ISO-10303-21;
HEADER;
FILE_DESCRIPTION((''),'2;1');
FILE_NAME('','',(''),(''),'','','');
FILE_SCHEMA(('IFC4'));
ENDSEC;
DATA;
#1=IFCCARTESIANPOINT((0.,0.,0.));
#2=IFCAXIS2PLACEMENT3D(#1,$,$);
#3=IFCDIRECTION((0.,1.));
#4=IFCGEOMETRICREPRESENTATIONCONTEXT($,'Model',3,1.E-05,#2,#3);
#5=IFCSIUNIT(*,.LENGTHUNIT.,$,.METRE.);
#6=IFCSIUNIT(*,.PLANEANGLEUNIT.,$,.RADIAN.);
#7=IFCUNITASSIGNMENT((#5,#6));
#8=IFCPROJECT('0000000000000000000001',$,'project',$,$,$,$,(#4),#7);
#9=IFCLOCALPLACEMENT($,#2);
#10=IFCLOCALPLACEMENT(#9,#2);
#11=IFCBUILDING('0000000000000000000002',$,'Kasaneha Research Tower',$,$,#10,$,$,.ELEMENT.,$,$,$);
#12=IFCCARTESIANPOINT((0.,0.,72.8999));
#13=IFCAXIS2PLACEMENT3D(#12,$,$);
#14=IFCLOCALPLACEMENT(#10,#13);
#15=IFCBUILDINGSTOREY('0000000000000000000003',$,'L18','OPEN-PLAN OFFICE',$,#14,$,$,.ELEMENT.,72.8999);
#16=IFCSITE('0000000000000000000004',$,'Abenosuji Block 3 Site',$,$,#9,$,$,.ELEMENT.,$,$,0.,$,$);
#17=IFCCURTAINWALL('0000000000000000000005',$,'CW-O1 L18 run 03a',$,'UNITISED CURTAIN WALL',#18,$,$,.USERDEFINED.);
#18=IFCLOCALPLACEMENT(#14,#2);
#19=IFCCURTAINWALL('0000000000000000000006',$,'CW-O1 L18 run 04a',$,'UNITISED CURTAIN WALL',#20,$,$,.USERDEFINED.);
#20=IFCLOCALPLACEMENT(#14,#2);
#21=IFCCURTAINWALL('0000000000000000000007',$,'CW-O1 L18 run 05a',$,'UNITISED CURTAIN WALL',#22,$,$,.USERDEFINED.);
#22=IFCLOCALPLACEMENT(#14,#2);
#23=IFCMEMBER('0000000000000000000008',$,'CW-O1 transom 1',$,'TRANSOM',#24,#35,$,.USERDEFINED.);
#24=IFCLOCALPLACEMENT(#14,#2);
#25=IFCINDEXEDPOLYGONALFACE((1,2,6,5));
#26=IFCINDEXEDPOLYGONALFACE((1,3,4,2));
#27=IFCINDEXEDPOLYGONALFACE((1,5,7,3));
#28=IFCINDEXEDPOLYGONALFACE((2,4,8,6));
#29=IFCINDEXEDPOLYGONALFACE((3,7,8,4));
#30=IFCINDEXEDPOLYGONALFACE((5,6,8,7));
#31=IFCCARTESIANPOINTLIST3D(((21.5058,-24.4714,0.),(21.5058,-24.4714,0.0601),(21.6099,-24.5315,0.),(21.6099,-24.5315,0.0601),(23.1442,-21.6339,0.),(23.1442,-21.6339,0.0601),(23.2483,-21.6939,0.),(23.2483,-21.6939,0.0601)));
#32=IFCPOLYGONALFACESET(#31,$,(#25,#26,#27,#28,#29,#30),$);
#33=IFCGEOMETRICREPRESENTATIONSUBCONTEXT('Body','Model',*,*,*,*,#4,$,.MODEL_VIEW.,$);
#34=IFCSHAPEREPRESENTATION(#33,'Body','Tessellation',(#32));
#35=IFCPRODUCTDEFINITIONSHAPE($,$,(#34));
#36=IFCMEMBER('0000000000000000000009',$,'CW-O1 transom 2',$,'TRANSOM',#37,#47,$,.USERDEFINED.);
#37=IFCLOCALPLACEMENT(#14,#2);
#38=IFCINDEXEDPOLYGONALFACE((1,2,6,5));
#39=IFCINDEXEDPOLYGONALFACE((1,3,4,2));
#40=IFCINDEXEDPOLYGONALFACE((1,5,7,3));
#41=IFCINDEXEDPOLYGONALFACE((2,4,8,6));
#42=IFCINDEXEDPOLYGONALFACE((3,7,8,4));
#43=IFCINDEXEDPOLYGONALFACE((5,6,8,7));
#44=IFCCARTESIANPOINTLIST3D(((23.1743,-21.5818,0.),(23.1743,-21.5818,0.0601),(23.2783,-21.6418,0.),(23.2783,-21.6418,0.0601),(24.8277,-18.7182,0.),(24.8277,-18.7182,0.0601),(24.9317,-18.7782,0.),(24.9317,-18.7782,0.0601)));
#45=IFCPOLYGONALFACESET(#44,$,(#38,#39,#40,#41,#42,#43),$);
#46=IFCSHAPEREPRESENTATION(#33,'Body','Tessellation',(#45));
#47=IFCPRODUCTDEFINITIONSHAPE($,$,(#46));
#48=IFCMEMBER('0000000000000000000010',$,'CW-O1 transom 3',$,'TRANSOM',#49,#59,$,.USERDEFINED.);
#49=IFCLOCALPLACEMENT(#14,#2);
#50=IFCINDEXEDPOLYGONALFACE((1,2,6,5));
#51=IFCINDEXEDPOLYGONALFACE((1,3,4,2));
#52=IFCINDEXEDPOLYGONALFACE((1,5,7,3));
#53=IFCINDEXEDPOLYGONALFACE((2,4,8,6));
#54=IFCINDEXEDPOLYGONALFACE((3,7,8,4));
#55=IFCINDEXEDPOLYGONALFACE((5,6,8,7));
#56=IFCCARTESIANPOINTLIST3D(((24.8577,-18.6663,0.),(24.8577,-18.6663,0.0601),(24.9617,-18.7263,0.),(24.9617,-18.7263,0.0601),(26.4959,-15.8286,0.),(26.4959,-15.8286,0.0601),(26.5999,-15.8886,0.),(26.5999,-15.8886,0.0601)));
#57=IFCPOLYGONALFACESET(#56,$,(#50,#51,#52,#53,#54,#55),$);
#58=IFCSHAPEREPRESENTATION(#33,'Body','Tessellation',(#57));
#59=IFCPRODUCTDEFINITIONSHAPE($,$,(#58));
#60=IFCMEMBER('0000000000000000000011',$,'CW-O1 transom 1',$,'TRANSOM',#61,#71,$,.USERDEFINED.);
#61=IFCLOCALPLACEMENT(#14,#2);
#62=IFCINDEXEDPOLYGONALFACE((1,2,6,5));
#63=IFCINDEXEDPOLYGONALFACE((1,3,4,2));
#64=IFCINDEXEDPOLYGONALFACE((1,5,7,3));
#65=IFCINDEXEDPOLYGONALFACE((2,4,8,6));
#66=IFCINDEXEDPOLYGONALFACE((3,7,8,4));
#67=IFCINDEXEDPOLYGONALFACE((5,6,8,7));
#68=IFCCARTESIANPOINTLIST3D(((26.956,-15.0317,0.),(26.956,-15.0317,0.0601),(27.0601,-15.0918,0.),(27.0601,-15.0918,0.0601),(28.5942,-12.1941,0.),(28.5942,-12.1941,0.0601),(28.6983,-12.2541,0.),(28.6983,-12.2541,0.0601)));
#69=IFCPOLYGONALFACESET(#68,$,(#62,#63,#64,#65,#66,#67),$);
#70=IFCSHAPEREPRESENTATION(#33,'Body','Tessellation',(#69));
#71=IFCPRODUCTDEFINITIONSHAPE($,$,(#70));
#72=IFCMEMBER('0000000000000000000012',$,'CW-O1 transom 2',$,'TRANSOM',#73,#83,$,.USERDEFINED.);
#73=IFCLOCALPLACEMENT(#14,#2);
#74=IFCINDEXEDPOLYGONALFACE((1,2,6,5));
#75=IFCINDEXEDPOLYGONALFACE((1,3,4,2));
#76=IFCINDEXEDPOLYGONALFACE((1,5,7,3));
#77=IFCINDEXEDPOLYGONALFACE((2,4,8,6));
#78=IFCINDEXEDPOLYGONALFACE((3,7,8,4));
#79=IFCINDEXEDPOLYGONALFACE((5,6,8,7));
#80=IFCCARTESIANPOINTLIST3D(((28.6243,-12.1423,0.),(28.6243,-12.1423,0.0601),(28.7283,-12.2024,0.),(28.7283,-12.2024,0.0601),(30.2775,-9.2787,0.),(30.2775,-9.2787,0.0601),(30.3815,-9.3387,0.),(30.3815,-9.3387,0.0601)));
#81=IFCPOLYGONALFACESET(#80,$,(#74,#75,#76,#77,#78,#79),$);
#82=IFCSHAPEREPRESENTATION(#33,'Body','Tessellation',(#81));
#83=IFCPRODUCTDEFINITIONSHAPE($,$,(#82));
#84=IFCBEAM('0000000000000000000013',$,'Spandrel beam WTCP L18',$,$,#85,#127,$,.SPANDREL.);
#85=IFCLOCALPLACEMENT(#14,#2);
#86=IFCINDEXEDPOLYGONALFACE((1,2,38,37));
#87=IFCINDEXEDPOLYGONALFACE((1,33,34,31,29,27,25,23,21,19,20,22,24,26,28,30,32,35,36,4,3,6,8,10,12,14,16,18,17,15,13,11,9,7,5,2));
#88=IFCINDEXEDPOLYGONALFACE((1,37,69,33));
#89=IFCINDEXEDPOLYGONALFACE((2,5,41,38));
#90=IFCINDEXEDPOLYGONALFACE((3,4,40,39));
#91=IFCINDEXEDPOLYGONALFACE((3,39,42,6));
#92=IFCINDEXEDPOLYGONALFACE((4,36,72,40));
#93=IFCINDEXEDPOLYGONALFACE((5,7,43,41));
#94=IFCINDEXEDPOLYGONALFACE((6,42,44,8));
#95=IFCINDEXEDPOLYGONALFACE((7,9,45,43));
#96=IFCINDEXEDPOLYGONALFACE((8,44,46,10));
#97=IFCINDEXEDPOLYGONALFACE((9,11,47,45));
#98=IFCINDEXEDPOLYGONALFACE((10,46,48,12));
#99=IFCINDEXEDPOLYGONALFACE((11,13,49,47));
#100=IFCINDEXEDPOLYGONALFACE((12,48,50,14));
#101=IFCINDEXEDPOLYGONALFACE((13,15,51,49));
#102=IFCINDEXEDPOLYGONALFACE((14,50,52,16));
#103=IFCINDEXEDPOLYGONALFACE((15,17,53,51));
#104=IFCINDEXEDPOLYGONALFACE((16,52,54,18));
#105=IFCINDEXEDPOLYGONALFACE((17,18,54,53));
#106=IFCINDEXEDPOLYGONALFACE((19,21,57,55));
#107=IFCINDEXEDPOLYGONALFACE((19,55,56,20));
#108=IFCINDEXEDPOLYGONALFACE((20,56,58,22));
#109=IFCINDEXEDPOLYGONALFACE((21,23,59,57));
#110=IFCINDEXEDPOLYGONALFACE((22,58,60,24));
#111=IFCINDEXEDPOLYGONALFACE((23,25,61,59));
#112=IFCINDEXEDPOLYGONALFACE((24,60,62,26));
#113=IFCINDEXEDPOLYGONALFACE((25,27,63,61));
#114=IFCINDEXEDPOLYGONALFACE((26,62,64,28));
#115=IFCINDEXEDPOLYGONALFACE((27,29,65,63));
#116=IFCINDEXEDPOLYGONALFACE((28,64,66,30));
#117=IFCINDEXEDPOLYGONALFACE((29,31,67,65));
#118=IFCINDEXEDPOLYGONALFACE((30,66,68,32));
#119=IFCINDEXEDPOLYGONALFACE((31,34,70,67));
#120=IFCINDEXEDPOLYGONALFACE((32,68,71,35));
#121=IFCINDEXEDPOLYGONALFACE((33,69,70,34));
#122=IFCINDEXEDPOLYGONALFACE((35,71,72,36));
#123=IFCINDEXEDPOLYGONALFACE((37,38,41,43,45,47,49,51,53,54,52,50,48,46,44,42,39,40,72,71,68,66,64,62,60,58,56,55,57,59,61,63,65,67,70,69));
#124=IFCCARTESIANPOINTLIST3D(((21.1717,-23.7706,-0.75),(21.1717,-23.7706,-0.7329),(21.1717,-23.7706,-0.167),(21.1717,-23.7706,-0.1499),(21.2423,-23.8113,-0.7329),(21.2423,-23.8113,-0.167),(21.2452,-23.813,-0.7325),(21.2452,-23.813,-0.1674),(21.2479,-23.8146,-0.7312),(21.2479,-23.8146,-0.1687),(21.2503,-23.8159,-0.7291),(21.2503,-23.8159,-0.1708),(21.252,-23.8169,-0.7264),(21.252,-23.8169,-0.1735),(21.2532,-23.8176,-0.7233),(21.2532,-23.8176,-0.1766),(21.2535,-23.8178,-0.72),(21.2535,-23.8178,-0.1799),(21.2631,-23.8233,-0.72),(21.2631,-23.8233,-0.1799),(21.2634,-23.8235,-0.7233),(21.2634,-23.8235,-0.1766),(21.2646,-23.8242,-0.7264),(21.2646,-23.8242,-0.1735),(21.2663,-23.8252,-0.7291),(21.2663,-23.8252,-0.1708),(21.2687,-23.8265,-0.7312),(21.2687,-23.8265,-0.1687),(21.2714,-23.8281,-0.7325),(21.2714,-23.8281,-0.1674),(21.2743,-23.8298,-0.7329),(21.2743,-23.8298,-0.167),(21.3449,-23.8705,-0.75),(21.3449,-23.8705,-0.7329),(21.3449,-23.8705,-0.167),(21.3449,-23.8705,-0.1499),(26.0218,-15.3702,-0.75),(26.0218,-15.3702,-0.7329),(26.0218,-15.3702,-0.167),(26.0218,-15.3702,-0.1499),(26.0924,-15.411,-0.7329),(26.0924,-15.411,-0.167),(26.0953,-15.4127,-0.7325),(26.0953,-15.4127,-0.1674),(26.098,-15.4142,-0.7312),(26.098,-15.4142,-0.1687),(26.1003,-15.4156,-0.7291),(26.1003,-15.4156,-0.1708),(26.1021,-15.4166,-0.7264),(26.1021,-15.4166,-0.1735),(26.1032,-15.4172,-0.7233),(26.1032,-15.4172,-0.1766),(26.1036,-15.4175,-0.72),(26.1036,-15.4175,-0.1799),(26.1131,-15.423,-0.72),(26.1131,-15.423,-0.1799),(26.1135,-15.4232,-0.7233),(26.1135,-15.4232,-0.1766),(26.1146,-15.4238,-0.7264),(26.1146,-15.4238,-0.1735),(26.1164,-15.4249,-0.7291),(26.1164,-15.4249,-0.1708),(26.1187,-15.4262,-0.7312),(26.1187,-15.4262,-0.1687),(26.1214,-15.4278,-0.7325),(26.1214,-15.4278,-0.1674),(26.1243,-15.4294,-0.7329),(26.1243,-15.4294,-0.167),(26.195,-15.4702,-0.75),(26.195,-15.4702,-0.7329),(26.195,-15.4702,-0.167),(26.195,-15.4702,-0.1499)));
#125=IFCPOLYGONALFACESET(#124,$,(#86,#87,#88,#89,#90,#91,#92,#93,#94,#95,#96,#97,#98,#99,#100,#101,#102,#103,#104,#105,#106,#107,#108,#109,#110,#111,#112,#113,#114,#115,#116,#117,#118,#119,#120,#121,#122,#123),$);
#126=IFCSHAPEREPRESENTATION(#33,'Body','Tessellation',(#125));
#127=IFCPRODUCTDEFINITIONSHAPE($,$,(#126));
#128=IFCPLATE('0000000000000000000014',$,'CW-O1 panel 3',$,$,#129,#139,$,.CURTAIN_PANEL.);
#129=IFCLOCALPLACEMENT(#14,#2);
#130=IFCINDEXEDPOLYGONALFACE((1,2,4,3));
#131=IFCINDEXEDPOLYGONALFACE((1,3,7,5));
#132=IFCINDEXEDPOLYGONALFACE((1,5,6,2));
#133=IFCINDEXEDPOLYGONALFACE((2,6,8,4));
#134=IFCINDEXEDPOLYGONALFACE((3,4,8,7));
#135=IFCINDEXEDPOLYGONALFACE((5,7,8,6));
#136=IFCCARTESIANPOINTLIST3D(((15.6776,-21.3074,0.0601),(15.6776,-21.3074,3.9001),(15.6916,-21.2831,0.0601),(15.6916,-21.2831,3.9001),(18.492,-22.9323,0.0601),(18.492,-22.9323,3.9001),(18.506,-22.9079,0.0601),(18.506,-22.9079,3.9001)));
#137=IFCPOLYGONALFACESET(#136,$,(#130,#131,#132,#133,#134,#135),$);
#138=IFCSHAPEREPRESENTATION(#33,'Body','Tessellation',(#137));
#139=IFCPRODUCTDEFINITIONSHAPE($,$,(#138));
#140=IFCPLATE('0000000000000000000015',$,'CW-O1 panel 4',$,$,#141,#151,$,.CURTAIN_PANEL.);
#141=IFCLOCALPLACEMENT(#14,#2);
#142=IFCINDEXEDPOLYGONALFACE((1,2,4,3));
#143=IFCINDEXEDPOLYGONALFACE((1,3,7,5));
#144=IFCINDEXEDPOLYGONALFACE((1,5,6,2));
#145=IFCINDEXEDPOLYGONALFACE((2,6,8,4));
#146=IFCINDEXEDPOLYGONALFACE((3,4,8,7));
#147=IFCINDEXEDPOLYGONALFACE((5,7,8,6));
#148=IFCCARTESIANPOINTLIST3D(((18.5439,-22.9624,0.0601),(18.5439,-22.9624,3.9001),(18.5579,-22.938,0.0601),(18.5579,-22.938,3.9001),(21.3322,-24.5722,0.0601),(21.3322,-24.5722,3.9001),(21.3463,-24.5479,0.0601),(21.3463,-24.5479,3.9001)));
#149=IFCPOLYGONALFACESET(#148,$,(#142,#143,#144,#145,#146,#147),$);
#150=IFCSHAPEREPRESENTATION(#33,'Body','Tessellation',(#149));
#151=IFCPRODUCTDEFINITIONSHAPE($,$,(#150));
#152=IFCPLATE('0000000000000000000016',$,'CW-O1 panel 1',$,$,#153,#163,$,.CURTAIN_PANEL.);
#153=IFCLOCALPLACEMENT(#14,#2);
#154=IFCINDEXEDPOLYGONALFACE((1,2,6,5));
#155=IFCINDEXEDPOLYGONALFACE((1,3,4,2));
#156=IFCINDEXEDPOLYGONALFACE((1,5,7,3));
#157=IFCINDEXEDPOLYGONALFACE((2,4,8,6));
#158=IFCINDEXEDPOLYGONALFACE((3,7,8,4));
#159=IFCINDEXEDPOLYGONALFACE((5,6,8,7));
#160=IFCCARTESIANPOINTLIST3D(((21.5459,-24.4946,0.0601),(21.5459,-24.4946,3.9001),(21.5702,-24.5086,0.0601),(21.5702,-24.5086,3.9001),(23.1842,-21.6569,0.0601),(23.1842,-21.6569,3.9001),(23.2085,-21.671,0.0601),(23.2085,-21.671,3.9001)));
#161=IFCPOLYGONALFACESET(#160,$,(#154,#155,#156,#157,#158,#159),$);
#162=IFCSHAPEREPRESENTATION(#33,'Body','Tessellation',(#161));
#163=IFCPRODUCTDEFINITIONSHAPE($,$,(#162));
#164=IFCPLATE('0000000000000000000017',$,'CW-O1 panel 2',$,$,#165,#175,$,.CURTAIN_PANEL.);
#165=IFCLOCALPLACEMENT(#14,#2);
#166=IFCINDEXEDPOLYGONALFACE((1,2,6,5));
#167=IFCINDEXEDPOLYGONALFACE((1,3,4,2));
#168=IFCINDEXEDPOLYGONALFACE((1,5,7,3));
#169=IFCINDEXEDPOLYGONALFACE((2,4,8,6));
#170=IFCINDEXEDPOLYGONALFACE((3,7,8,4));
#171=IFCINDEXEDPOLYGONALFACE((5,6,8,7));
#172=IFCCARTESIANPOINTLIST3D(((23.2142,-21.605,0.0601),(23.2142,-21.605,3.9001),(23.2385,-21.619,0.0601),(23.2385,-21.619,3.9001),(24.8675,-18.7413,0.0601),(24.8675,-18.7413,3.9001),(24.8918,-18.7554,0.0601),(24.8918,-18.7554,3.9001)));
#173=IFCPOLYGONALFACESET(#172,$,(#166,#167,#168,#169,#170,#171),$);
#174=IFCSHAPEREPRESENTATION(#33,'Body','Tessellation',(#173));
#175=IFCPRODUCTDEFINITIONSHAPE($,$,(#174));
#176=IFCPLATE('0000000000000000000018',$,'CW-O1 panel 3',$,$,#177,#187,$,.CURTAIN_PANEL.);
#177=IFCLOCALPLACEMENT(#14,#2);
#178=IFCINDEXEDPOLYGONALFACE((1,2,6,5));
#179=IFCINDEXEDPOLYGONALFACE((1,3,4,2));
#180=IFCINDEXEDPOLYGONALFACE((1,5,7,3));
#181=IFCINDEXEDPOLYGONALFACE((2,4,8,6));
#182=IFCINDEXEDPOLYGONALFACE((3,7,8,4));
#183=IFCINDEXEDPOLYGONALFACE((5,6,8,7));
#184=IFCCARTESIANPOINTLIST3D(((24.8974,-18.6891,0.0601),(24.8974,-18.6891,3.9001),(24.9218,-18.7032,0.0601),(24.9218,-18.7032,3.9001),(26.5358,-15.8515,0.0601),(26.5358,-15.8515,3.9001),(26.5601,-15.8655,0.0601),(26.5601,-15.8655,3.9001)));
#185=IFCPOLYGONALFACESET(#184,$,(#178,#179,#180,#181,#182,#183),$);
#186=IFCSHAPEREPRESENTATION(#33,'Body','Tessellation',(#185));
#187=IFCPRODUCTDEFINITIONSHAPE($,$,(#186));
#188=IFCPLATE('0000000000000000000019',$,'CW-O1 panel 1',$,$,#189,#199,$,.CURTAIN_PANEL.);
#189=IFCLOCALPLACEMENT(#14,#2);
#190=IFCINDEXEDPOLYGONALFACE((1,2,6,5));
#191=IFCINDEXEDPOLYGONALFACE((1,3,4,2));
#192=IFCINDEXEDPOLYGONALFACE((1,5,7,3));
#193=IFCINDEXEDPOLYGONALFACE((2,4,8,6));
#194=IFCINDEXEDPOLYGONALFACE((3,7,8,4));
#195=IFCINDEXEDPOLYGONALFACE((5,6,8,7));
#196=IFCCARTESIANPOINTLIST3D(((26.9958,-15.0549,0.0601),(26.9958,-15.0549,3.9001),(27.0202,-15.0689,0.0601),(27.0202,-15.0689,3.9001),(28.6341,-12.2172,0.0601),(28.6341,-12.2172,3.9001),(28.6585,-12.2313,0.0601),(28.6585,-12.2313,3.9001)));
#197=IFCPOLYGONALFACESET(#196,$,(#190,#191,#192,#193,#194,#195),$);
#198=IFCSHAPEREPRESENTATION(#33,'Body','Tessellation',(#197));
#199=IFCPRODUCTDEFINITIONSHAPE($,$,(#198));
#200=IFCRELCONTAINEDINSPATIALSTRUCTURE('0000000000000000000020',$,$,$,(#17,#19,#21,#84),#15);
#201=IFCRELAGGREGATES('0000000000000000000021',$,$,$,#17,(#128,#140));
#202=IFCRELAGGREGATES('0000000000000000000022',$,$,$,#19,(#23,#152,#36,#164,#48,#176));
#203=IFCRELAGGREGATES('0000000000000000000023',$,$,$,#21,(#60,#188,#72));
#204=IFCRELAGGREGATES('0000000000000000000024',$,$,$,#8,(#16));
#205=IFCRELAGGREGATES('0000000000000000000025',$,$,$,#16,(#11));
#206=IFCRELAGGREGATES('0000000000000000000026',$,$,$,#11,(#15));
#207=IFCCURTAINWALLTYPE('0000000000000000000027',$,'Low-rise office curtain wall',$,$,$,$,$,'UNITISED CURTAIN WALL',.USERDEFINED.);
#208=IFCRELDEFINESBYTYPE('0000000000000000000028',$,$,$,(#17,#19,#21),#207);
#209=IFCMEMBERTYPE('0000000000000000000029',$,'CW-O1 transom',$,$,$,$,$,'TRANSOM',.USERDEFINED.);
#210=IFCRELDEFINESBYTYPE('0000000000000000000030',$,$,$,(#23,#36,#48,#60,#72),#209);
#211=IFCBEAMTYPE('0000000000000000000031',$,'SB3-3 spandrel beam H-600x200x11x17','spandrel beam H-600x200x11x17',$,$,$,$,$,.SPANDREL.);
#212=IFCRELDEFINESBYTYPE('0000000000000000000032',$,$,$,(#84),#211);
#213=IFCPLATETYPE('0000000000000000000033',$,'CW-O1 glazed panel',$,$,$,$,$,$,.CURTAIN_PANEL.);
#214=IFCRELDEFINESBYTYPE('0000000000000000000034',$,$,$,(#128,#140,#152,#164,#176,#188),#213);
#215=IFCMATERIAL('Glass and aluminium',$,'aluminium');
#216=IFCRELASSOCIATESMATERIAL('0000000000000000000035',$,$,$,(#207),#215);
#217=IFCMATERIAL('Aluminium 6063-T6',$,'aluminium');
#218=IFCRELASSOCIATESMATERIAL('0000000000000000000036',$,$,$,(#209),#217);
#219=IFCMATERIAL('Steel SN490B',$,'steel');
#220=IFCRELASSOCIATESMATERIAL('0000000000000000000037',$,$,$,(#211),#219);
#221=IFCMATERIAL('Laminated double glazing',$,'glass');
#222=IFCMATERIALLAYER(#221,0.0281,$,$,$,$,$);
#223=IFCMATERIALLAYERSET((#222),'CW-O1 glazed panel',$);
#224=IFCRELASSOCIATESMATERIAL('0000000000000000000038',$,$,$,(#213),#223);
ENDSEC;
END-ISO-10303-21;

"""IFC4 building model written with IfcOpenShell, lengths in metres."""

from ifc_helpers import new_model, si_unit, direction, frame, origin, origin_2d, place, context, subcontext, project, spatial, rectangle, i_section, extrude, material, layer, layer_set, material_profile, profile_set, type_object, element, aggregate, save


model = new_model("IFC4")

# Units and contexts
model_context = context("Model", 3, precision=1e-05, world=origin(), true_north=direction((0.0, 1.0)))
body_context = subcontext(model_context, "Body", "Model", "MODEL_VIEW")
ifc_project = project(units=[si_unit("LENGTHUNIT", "METRE"), si_unit("PLANEANGLEUNIT", "RADIAN")], contexts=[model_context])

# Site, building, storey
site_placement = place(None, origin())
site = spatial("IfcSite", under=ifc_project, at=site_placement, Name="Abenosuji Block 3 Site", CompositionType="ELEMENT", RefElevation=0.0)
building_placement = place(site_placement, origin())
building = spatial("IfcBuilding", under=site, at=building_placement, Name="Kasaneha Research Tower", CompositionType="ELEMENT")
storey_placement = place(building_placement, frame((0.0, 0.0, 72.8999)))
storey = spatial("IfcBuildingStorey", under=building, at=storey_placement, Name="L18", Description="OPEN-PLAN OFFICE", CompositionType="ELEMENT", Elevation=72.8999)

# Curtain walls
ifc_material_1 = material(Name="Glass and aluminium", Category="aluminium")
curtain_wall_type = type_object("IfcCurtainWallType", Name="Low-rise office curtain wall", ElementType="UNITISED CURTAIN WALL", PredefinedType="USERDEFINED", material=ifc_material_1)
curtain_wall_1_placement = place(storey_placement, origin())
curtain_wall_1 = element("IfcCurtainWall", 1, at=curtain_wall_1_placement, inside=storey, type_object=curtain_wall_type, Name="CW-O1 L18 run 03a", ObjectType="UNITISED CURTAIN WALL", PredefinedType="USERDEFINED")
curtain_wall_2_placement = place(storey_placement, origin())
curtain_wall_2 = element("IfcCurtainWall", 2, at=curtain_wall_2_placement, inside=storey, type_object=curtain_wall_type, Name="CW-O1 L18 run 04a", ObjectType="UNITISED CURTAIN WALL", PredefinedType="USERDEFINED")
curtain_wall_3_placement = place(storey_placement, origin())
curtain_wall_3 = element("IfcCurtainWall", 3, at=curtain_wall_3_placement, inside=storey, type_object=curtain_wall_type, Name="CW-O1 L18 run 05a", ObjectType="UNITISED CURTAIN WALL", PredefinedType="USERDEFINED")

# Members
ifc_material_2 = material(Name="Aluminium 6063-T6", Category="aluminium")
ifc_material_profile_1 = material_profile(ifc_material_2, rectangle(XDim=0.1201, YDim=0.0601, at=origin_2d()), Name="CW-O1 transom 120x60")
ifc_profile_set_1 = profile_set([ifc_material_profile_1], Name="Aluminium 6063-T6")
member_type_1 = type_object("IfcMemberType", Name="CW-O1 transom", ElementType="TRANSOM", PredefinedType="USERDEFINED", material=ifc_profile_set_1)
member_1_placement = place(storey_placement, frame((21.5579, -24.5015, 0.03), z_axis=(0.500026, 0.866011, 0.0), x_axis=(-0.866011, 0.500026, 0.0)))
member_1 = element("IfcMember", 4, at=member_1_placement, type_object=member_type_1, Name="CW-O1 transom 1", ObjectType="TRANSOM", PredefinedType="USERDEFINED", context=body_context, shape_type="SweptSolid", body=[
    extrude(rectangle(XDim=0.1201, YDim=0.0601, at=origin_2d()), origin(), (0.0, 0.0, 1.0), 3.2766),
])
member_2_placement = place(storey_placement, frame((23.2263, -21.6118, 0.03), z_axis=(0.500014, 0.866017, 0.0), x_axis=(-0.866017, 0.500014, 0.0)))
member_2 = element("IfcMember", 5, at=member_2_placement, type_object=member_type_1, Name="CW-O1 transom 2", ObjectType="TRANSOM", PredefinedType="USERDEFINED", context=body_context, shape_type="SweptSolid", body=[
    extrude(rectangle(XDim=0.1201, YDim=0.0601, at=origin_2d()), origin(), (0.0, 0.0, 1.0), 3.3066),
])
member_3_placement = place(storey_placement, frame((24.9097, -18.6963, 0.03), z_axis=(0.49997, 0.866043, 0.0), x_axis=(-0.866043, 0.49997, 0.0)))
member_3 = element("IfcMember", 6, at=member_3_placement, type_object=member_type_1, Name="CW-O1 transom 3", ObjectType="TRANSOM", PredefinedType="USERDEFINED", context=body_context, shape_type="SweptSolid", body=[
    extrude(rectangle(XDim=0.1201, YDim=0.0601, at=origin_2d()), origin(), (0.0, 0.0, 1.0), 3.2766),
])
member_4_placement = place(storey_placement, frame((27.0081, -15.0618, 0.03), z_axis=(0.49997, 0.866043, 0.0), x_axis=(-0.866043, 0.49997, 0.0)))
member_4 = element("IfcMember", 7, at=member_4_placement, type_object=member_type_1, Name="CW-O1 transom 1", ObjectType="TRANSOM", PredefinedType="USERDEFINED", context=body_context, shape_type="SweptSolid", body=[
    extrude(rectangle(XDim=0.1201, YDim=0.0601, at=origin_2d()), origin(), (0.0, 0.0, 1.0), 3.2766),
])
member_5_placement = place(storey_placement, frame((28.6763, -12.1724, 0.03), z_axis=(0.499982, 0.866036, 0.0), x_axis=(-0.866036, 0.499982, 0.0)))
member_5 = element("IfcMember", 8, at=member_5_placement, type_object=member_type_1, Name="CW-O1 transom 2", ObjectType="TRANSOM", PredefinedType="USERDEFINED", context=body_context, shape_type="SweptSolid", body=[
    extrude(rectangle(XDim=0.1201, YDim=0.0601, at=origin_2d()), origin(), (0.0, 0.0, 1.0), 3.3066),
])

# Beam
ifc_material_3 = material(Name="Steel SN490B", Category="steel")
ifc_material_profile_2 = material_profile(ifc_material_3, i_section(OverallWidth=0.2, OverallDepth=0.6001, WebThickness=0.011, FlangeThickness=0.0171, FilletRadius=0.0129, at=origin_2d()), Name="H-600x200x11x17")
ifc_profile_set_2 = profile_set([ifc_material_profile_2], Name="Steel SN490B")
beam_type_1 = type_object("IfcBeamType", Name="SB3-3 spandrel beam H-600x200x11x17", Description="spandrel beam H-600x200x11x17", PredefinedType="SPANDREL", material=ifc_profile_set_2)
beam_1_placement = place(storey_placement, frame((21.2583, -23.8206, -0.45), z_axis=(0.50001, 0.86602, 0.0), x_axis=(-0.86602, 0.50001, 0.0)))
element("IfcBeam", 9, at=beam_1_placement, inside=storey, type_object=beam_type_1, Name="Spandrel beam WTCP L18", PredefinedType="SPANDREL", context=body_context, shape_type="SweptSolid", body=[
    extrude(i_section(OverallWidth=0.2, OverallDepth=0.6001, WebThickness=0.011, FlangeThickness=0.0171, FilletRadius=0.0129, at=origin_2d()), origin(), (0.0, 0.0, 1.0), 9.7),
])

# Plates
ifc_material_4 = material(Name="Laminated double glazing", Category="glass")
ifc_layer_1 = layer(ifc_material_4, 0.0281)
ifc_layer_set_1 = layer_set([ifc_layer_1], Name="CW-O1 glazed panel")
plate_type = type_object("IfcPlateType", Name="CW-O1 glazed panel", PredefinedType="CURTAIN_PANEL", material=ifc_layer_set_1)
plate_1_placement = place(storey_placement, frame((17.0918, -22.1077, 0.0601), z_axis=(0.0, 0.0, 1.0), x_axis=(0.866025, -0.5, 0.0)))
plate_1 = element("IfcPlate", 10, at=plate_1_placement, type_object=plate_type, Name="CW-O1 panel 3", PredefinedType="CURTAIN_PANEL", context=body_context, shape_type="SweptSolid", body=[
    extrude(rectangle(XDim=3.2498, YDim=0.0281, at=origin_2d()), origin(), (0.0, 0.0, 1.0), 3.8401),
])
plate_2_placement = place(storey_placement, frame((19.9451, -23.7551, 0.0601), z_axis=(0.0, 0.0, 1.0), x_axis=(0.866025, -0.5, 0.0)))
plate_2 = element("IfcPlate", 11, at=plate_2_placement, type_object=plate_type, Name="CW-O1 panel 4", PredefinedType="CURTAIN_PANEL", context=body_context, shape_type="SweptSolid", body=[
    extrude(rectangle(XDim=3.2197, YDim=0.0281, at=origin_2d()), origin(), (0.0, 0.0, 1.0), 3.8401),
])
aggregate(curtain_wall_1, [plate_1, plate_2])
plate_3_placement = place(storey_placement, frame((22.3772, -23.0828, 0.0601), z_axis=(0.0, 0.0, 1.0), x_axis=(0.5, 0.866025, 0.0)))
plate_3 = element("IfcPlate", 12, at=plate_3_placement, type_object=plate_type, Name="CW-O1 panel 1", PredefinedType="CURTAIN_PANEL", context=body_context, shape_type="SweptSolid", body=[
    extrude(rectangle(XDim=3.2766, YDim=0.0281, at=origin_2d()), origin(), (0.0, 0.0, 1.0), 3.8401),
])
plate_4_placement = place(storey_placement, frame((24.053, -20.1802, 0.0601), z_axis=(0.0, 0.0, 1.0), x_axis=(0.5, 0.866025, 0.0)))
plate_4 = element("IfcPlate", 13, at=plate_4_placement, type_object=plate_type, Name="CW-O1 panel 2", PredefinedType="CURTAIN_PANEL", context=body_context, shape_type="SweptSolid", body=[
    extrude(rectangle(XDim=3.3066, YDim=0.0281, at=origin_2d()), origin(), (0.0, 0.0, 1.0), 3.8401),
])
plate_5_placement = place(storey_placement, frame((25.7288, -17.2773, 0.0601), z_axis=(0.0, 0.0, 1.0), x_axis=(0.5, 0.866025, 0.0)))
plate_5 = element("IfcPlate", 14, at=plate_5_placement, type_object=plate_type, Name="CW-O1 panel 3", PredefinedType="CURTAIN_PANEL", context=body_context, shape_type="SweptSolid", body=[
    extrude(rectangle(XDim=3.2766, YDim=0.0281, at=origin_2d()), origin(), (0.0, 0.0, 1.0), 3.8401),
])
aggregate(curtain_wall_2, [member_1, plate_3, member_2, plate_4, member_3, plate_5])
plate_6_placement = place(storey_placement, frame((27.8271, -13.6431, 0.0601), z_axis=(0.0, 0.0, 1.0), x_axis=(0.5, 0.866025, 0.0)))
plate_6 = element("IfcPlate", 15, at=plate_6_placement, type_object=plate_type, Name="CW-O1 panel 1", PredefinedType="CURTAIN_PANEL", context=body_context, shape_type="SweptSolid", body=[
    extrude(rectangle(XDim=3.2766, YDim=0.0281, at=origin_2d()), origin(), (0.0, 0.0, 1.0), 3.8401),
])
aggregate(curtain_wall_3, [member_4, plate_6, member_5])

save(model, "model.ifc")
